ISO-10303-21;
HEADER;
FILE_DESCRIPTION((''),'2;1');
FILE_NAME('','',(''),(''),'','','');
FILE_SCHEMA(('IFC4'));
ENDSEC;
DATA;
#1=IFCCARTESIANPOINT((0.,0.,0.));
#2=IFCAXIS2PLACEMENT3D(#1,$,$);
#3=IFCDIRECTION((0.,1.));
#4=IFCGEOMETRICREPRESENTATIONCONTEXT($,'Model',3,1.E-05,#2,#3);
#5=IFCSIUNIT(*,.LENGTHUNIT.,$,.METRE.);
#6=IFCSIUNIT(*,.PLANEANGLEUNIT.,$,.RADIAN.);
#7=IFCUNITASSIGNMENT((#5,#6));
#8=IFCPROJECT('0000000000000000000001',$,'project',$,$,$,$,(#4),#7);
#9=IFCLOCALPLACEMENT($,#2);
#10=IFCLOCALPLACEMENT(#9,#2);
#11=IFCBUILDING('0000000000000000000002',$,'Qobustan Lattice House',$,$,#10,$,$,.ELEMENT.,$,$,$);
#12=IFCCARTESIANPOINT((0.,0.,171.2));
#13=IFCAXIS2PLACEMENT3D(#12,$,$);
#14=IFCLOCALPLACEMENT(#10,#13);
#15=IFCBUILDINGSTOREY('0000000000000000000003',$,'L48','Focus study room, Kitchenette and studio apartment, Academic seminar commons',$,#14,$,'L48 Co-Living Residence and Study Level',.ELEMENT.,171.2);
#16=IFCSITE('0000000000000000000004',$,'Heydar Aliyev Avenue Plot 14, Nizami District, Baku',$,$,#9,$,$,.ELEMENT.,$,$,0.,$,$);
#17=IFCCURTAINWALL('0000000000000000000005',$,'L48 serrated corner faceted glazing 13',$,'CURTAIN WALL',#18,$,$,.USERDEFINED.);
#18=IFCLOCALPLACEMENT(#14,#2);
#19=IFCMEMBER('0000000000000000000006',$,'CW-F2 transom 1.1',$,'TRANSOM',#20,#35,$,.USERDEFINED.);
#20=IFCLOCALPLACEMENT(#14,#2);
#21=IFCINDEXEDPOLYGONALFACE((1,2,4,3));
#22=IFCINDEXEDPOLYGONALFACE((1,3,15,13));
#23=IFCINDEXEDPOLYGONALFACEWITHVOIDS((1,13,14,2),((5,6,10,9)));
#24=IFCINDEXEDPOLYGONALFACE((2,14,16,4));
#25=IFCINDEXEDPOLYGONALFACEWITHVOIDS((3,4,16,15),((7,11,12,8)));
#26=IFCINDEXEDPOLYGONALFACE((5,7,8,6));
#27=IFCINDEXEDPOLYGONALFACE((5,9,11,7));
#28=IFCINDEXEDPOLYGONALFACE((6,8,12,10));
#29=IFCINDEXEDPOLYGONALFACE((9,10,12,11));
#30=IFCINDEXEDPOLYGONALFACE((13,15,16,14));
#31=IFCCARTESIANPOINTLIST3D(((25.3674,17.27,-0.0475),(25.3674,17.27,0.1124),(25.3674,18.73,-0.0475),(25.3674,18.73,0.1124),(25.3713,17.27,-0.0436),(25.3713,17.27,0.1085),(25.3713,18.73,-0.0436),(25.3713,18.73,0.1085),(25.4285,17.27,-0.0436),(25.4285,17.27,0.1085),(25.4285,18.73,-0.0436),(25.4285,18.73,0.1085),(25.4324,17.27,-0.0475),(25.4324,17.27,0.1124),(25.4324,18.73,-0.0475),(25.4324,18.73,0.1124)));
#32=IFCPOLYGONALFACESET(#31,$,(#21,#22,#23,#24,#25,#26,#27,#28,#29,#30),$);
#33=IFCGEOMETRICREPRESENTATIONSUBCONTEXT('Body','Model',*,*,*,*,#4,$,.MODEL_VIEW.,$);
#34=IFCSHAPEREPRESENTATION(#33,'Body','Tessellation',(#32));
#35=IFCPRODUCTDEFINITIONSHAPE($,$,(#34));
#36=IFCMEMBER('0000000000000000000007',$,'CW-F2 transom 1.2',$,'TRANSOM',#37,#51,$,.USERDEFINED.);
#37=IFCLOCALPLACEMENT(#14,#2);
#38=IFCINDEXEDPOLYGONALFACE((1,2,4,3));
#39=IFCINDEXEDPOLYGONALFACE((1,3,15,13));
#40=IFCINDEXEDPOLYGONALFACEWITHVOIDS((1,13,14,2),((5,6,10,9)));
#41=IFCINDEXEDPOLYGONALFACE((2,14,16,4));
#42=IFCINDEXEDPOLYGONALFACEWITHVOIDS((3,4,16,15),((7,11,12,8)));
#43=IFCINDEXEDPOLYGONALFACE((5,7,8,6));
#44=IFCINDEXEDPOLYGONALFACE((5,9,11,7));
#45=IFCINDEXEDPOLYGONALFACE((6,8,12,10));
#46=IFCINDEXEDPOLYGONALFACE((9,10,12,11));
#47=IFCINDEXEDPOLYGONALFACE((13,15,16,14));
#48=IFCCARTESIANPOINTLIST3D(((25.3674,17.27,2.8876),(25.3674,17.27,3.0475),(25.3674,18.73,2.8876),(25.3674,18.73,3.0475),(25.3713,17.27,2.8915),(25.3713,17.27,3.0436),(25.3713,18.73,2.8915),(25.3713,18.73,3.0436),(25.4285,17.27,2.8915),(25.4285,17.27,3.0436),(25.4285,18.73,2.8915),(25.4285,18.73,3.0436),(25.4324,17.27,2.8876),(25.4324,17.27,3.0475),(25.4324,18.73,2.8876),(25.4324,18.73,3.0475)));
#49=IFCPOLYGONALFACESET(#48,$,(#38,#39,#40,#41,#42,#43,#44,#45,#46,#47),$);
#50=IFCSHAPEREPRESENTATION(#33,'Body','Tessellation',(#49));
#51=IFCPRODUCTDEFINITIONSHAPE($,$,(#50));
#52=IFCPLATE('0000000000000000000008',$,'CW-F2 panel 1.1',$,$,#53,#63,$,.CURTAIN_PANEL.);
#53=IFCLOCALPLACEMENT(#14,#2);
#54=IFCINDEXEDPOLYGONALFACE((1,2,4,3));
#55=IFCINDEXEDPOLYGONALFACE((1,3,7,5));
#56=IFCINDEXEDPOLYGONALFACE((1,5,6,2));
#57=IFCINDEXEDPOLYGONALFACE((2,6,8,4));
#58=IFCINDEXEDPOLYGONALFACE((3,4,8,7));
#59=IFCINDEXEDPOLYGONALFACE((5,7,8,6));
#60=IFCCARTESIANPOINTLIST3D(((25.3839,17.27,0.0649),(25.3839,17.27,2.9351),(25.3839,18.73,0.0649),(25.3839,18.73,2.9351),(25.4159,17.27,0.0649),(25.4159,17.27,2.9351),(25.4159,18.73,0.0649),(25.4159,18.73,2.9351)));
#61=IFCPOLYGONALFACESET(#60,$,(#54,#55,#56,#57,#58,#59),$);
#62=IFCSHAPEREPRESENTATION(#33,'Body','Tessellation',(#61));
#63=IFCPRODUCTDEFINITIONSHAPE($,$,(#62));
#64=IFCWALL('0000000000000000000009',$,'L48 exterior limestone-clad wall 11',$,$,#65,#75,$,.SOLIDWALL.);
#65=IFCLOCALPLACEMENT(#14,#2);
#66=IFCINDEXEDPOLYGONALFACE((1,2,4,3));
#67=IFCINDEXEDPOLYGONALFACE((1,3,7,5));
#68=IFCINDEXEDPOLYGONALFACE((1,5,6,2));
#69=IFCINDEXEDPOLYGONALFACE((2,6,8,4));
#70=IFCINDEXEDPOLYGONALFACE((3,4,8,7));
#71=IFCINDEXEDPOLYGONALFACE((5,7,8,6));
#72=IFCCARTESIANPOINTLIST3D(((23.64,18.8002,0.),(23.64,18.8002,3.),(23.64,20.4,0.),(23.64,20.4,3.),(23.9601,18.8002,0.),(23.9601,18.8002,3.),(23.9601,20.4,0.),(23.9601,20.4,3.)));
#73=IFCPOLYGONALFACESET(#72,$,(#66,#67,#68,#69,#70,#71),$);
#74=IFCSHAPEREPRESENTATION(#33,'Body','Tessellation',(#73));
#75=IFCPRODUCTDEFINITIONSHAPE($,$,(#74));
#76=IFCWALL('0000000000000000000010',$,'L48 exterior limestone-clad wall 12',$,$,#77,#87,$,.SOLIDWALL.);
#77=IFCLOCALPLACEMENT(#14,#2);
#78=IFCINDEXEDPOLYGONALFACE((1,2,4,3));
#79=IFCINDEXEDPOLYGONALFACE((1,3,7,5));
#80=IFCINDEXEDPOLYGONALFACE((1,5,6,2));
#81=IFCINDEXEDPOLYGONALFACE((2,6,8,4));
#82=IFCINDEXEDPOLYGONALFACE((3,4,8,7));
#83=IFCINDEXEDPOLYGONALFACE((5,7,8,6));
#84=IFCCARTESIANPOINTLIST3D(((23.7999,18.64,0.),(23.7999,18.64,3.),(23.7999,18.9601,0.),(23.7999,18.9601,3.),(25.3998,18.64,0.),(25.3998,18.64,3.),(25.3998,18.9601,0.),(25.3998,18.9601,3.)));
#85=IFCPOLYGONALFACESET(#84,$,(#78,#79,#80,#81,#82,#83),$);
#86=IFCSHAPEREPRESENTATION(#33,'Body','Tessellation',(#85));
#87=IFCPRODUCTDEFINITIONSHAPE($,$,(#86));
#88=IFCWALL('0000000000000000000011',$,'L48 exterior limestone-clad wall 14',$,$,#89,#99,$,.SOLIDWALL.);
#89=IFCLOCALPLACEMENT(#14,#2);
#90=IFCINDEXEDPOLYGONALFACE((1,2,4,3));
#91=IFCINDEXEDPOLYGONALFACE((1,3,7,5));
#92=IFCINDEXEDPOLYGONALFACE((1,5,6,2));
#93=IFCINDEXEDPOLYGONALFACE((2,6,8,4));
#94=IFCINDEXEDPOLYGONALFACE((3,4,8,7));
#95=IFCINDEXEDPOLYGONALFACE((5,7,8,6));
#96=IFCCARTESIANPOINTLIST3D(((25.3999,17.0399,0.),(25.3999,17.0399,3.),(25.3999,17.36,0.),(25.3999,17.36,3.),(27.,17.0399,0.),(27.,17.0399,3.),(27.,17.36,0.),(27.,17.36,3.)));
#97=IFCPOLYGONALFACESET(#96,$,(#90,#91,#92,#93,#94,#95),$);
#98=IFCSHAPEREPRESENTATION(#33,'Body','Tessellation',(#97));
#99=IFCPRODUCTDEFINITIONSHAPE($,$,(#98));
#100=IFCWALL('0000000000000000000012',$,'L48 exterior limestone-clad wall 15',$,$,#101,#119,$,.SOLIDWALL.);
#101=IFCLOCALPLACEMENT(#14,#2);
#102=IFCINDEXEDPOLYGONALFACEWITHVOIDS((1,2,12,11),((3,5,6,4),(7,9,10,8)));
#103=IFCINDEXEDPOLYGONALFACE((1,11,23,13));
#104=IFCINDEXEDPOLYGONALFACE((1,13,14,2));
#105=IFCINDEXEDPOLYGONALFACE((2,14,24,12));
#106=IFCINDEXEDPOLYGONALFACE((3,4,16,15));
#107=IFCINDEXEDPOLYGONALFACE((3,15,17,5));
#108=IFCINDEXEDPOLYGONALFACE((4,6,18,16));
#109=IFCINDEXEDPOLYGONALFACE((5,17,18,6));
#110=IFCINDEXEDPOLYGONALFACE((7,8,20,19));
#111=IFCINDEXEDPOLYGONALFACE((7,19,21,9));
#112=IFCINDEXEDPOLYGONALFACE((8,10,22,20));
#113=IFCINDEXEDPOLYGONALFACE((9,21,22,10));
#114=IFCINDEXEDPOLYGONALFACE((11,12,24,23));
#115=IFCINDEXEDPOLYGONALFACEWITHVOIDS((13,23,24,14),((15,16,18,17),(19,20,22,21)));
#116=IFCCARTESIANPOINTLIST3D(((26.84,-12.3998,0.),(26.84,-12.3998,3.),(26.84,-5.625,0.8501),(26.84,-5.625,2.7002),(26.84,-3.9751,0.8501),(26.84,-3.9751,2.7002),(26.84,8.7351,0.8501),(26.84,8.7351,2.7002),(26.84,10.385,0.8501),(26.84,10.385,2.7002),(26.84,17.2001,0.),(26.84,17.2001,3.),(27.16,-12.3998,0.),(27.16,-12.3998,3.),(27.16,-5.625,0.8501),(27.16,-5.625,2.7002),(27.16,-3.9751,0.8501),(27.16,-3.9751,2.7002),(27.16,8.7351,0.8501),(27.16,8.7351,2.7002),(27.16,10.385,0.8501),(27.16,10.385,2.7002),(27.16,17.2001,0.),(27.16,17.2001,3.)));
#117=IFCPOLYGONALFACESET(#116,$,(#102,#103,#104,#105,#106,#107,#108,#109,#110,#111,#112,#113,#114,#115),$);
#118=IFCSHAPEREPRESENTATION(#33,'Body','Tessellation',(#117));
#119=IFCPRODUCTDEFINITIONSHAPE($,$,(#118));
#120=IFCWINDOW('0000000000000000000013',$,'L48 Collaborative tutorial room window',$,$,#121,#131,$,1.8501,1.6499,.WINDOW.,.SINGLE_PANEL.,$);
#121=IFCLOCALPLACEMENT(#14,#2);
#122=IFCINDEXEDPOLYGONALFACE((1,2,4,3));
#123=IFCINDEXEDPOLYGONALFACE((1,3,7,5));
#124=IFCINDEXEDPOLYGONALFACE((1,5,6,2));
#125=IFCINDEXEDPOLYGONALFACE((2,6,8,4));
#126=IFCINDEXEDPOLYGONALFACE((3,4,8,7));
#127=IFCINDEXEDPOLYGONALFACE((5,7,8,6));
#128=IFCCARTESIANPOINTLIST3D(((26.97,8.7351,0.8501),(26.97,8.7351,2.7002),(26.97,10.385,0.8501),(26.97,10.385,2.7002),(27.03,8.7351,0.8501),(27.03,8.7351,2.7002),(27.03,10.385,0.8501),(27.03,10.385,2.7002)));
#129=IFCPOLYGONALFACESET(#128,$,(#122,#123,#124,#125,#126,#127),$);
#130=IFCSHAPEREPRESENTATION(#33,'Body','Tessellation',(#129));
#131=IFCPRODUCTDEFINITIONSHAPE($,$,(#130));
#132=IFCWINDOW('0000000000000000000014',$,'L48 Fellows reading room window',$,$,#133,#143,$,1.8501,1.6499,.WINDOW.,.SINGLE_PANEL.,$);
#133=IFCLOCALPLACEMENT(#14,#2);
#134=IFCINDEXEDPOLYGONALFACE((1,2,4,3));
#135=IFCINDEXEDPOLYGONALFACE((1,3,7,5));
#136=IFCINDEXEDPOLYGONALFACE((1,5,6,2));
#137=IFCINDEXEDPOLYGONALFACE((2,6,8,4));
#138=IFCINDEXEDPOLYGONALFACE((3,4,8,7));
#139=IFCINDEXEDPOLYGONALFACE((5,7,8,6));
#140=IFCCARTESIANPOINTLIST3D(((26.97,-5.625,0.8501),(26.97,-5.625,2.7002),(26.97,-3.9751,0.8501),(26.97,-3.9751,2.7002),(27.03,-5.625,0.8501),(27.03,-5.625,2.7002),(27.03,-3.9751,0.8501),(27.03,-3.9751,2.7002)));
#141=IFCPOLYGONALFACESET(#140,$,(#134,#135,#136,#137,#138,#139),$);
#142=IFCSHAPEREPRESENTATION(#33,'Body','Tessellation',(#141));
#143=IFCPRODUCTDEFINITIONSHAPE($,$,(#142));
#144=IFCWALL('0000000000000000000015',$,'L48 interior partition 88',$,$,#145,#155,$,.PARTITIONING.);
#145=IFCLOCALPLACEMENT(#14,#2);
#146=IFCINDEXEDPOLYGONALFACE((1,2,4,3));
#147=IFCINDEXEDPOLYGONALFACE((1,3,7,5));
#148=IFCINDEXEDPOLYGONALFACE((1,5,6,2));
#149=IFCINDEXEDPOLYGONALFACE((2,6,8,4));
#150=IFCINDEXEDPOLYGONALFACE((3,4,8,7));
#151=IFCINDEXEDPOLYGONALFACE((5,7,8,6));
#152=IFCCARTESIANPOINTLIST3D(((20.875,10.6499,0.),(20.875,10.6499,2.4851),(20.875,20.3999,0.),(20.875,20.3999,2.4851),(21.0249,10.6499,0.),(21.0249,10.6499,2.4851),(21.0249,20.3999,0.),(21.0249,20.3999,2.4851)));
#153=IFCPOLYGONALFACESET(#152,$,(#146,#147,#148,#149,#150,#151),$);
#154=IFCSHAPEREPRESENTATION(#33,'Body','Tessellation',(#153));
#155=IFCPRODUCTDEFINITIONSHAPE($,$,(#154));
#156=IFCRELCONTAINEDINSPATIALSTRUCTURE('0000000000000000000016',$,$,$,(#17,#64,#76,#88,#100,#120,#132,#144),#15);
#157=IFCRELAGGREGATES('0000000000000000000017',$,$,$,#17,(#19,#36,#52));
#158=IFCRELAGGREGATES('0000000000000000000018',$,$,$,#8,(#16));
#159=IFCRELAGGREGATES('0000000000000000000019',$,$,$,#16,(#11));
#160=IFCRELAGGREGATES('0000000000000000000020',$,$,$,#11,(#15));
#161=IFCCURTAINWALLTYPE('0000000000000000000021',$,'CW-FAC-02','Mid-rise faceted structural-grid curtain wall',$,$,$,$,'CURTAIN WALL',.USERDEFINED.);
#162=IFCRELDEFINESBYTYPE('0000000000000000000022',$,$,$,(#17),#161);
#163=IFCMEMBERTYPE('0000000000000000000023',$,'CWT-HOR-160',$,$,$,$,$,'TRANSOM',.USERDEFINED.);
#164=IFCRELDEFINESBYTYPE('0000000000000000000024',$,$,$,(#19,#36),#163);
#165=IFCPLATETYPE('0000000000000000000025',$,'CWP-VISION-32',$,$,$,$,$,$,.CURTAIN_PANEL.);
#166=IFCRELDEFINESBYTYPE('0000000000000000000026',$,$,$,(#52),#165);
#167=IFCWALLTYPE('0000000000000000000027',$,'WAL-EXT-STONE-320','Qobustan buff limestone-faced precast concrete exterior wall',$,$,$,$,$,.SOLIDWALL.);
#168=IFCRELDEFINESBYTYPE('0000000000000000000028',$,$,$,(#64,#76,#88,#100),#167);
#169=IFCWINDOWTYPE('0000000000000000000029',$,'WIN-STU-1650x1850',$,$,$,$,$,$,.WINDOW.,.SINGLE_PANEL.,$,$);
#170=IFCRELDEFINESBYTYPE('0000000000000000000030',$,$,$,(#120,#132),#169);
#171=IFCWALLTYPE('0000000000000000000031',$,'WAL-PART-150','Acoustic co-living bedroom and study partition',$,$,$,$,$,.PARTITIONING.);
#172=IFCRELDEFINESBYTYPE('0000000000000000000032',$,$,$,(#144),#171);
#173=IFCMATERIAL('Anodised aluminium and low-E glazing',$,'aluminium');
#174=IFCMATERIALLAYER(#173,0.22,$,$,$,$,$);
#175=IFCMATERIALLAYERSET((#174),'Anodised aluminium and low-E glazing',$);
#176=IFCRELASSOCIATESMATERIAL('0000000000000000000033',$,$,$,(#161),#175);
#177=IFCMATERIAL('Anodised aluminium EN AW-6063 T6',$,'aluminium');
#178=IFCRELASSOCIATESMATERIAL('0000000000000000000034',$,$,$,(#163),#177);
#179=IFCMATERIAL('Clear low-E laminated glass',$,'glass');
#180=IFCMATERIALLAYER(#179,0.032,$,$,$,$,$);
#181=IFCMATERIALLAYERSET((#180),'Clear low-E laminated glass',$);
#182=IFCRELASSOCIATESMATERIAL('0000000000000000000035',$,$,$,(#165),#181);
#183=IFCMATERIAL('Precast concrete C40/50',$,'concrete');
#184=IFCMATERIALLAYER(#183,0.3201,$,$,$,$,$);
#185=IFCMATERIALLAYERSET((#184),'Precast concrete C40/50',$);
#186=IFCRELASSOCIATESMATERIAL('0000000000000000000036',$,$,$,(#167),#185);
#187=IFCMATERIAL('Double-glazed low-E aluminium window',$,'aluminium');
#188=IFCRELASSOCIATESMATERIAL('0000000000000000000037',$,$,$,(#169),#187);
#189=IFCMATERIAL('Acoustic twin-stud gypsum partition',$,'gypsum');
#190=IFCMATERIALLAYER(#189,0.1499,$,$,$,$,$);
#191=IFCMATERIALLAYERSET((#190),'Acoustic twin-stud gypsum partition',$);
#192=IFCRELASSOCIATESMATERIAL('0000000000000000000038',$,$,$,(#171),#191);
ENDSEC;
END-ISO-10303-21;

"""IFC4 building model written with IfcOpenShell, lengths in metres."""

from ifc_helpers import new_model, si_unit, direction, frame, frame_2d, origin, origin_2d, place, context, subcontext, project, spatial, rectangle, hollow_rectangle, extrude, material, layer, layer_set, material_profile, profile_set, type_object, element, fill, aggregate, save


model = new_model("IFC4")

# Units and contexts
model_context = context("Model", 3, precision=1e-05, world=origin(), true_north=direction((0.0, 1.0)))
body_context = subcontext(model_context, "Body", "Model", "MODEL_VIEW")
ifc_project = project(units=[si_unit("LENGTHUNIT", "METRE"), si_unit("PLANEANGLEUNIT", "RADIAN")], contexts=[model_context])

# Site, building, storey
site_placement = place(None, origin())
site = spatial("IfcSite", under=ifc_project, at=site_placement, Name="Heydar Aliyev Avenue Plot 14, Nizami District, Baku", CompositionType="ELEMENT", RefElevation=0.0)
building_placement = place(site_placement, origin())
building = spatial("IfcBuilding", under=site, at=building_placement, Name="Qobustan Lattice House", CompositionType="ELEMENT")
storey_placement = place(building_placement, frame((0.0, 0.0, 171.2)))
storey = spatial("IfcBuildingStorey", under=building, at=storey_placement, Name="L48", Description="Focus study room, Kitchenette and studio apartment, Academic seminar commons", LongName="L48 Co-Living Residence and Study Level", CompositionType="ELEMENT", Elevation=171.2)

# Curtain wall, members, plate
ifc_material_1 = material(Name="Anodised aluminium and low-E glazing", Category="aluminium")
ifc_layer_1 = layer(ifc_material_1, 0.22)
ifc_layer_set_1 = layer_set([ifc_layer_1], Name="Anodised aluminium and low-E glazing")
curtain_wall_type = type_object("IfcCurtainWallType", Name="CW-FAC-02", Description="Mid-rise faceted structural-grid curtain wall", ElementType="CURTAIN WALL", PredefinedType="USERDEFINED", material=ifc_layer_set_1)
curtain_wall_placement = place(storey_placement, origin())
curtain_wall = element("IfcCurtainWall", 1, at=curtain_wall_placement, inside=storey, type_object=curtain_wall_type, Name="L48 serrated corner faceted glazing 13", ObjectType="CURTAIN WALL", PredefinedType="USERDEFINED")
ifc_material_2 = material(Name="Anodised aluminium EN AW-6063 T6", Category="aluminium")
ifc_material_profile_1 = material_profile(ifc_material_2, hollow_rectangle(XDim=0.0649, YDim=0.1599, WallThickness=0.0039, at=origin_2d()), Name="CWT-160x65")
ifc_profile_set_1 = profile_set([ifc_material_profile_1], Name="Anodised aluminium EN AW-6063 T6")
member_type_1 = type_object("IfcMemberType", Name="CWT-HOR-160", ElementType="TRANSOM", PredefinedType="USERDEFINED", material=ifc_profile_set_1)
member_1_placement = place(storey_placement, frame((25.3999, 18.73, 0.0325), z_axis=(0.0, -1.0, 0.0), x_axis=(1.0, 0.0, 0.0)))
member_1 = element("IfcMember", 2, at=member_1_placement, type_object=member_type_1, Name="CW-F2 transom 1.1", ObjectType="TRANSOM", PredefinedType="USERDEFINED", context=body_context, shape_type="SweptSolid", body=[
    extrude(hollow_rectangle(XDim=0.0649, YDim=0.1599, WallThickness=0.0039, at=origin_2d()), origin(), (0.0, 0.0, 1.0), 1.46),
])
member_2_placement = place(storey_placement, frame((25.3999, 18.73, 2.9675), z_axis=(0.0, -1.0, 0.0), x_axis=(1.0, 0.0, 0.0)))
member_2 = element("IfcMember", 3, at=member_2_placement, type_object=member_type_1, Name="CW-F2 transom 1.2", ObjectType="TRANSOM", PredefinedType="USERDEFINED", context=body_context, shape_type="SweptSolid", body=[
    extrude(hollow_rectangle(XDim=0.0649, YDim=0.1599, WallThickness=0.0039, at=origin_2d()), origin(), (0.0, 0.0, 1.0), 1.46),
])
ifc_material_3 = material(Name="Clear low-E laminated glass", Category="glass")
ifc_layer_2 = layer(ifc_material_3, 0.032)
ifc_layer_set_2 = layer_set([ifc_layer_2], Name="Clear low-E laminated glass")
plate_type = type_object("IfcPlateType", Name="CWP-VISION-32", PredefinedType="CURTAIN_PANEL", material=ifc_layer_set_2)
plate_placement = place(storey_placement, frame((25.3999, 18.0, 0.0649), z_axis=(0.0, 0.0, 1.0), x_axis=(0.0, -1.0, 0.0)))
plate = element("IfcPlate", 4, at=plate_placement, type_object=plate_type, Name="CW-F2 panel 1.1", PredefinedType="CURTAIN_PANEL", context=body_context, shape_type="SweptSolid", body=[
    extrude(rectangle(XDim=1.46, YDim=0.032, at=origin_2d()), origin(), (0.0, 0.0, 1.0), 2.8701),
])
aggregate(curtain_wall, [member_1, member_2, plate])

# Walls
ifc_material_4 = material(Name="Precast concrete C40/50", Category="concrete")
ifc_layer_3 = layer(ifc_material_4, 0.3201)
ifc_layer_set_3 = layer_set([ifc_layer_3], Name="Precast concrete C40/50")
wall_type_1 = type_object("IfcWallType", Name="WAL-EXT-STONE-320", Description="Qobustan buff limestone-faced precast concrete exterior wall", PredefinedType="SOLIDWALL", material=ifc_layer_set_3)
for number, where, z_axis, x_axis, name in (
    (5, (23.8, 20.3999, 0.0), (0.0, 0.0, 1.0), (0.0, -1.0, 0.0), "L48 exterior limestone-clad wall 11"),
    (6, (23.8, 18.8, 0.0), (0.0, 0.0, 1.0), (1.0, 0.0, 0.0), "L48 exterior limestone-clad wall 12"),
):
    element("IfcWall", number, at=place(storey_placement, frame(where, z_axis=z_axis, x_axis=x_axis)), inside=storey, type_object=wall_type_1, Name=name, PredefinedType="SOLIDWALL", context=body_context, shape_type="SweptSolid", body=[
        extrude(rectangle(XDim=1.5999, YDim=0.3201, at=frame_2d((0.7998, 0.0))), origin(), (0.0, 0.0, 1.0), 3.0),
    ])
wall_1_placement = place(storey_placement, frame((25.3999, 17.2, 0.0), z_axis=(0.0, 0.0, 1.0), x_axis=(1.0, 0.0, 0.0)))
element("IfcWall", 7, at=wall_1_placement, inside=storey, type_object=wall_type_1, Name="L48 exterior limestone-clad wall 14", PredefinedType="SOLIDWALL", context=body_context, shape_type="SweptSolid", body=[
    extrude(rectangle(XDim=1.6001, YDim=0.3201, at=frame_2d((0.8, 0.0))), origin(), (0.0, 0.0, 1.0), 3.0),
])

# Wall, openings, windows
wall_2_placement = place(storey_placement, frame((27.0, 17.2, 0.0), z_axis=(0.0, 0.0, 1.0), x_axis=(0.0, -1.0, 0.0)))
wall_2 = element("IfcWall", 8, at=wall_2_placement, inside=storey, type_object=wall_type_1, Name="L48 exterior limestone-clad wall 15", PredefinedType="SOLIDWALL", context=body_context, shape_type="SweptSolid", body=[
    extrude(rectangle(XDim=29.5999, YDim=0.3201, at=frame_2d((14.7998, 0.0))), origin(), (0.0, 0.0, 1.0), 3.0),
])
opening_1_placement = place(wall_2_placement, frame((6.8149, 0.0, 0.8501)))
opening_1 = element("IfcOpeningElement", 9, at=opening_1_placement, cuts=wall_2, PredefinedType="OPENING", context=body_context, shape_type="SweptSolid", body=[
    extrude(rectangle(XDim=1.6499, YDim=1.8501, at=frame_2d((0.825, 0.925))), frame((0.0, 0.1699, 0.0), z_axis=(0.0, -1.0, 0.0), x_axis=(1.0, 0.0, 0.0)), (0.0, 0.0, 1.0), 0.3401),
])
opening_2_placement = place(wall_2_placement, frame((21.175, 0.0, 0.8501)))
opening_2 = element("IfcOpeningElement", 10, at=opening_2_placement, cuts=wall_2, PredefinedType="OPENING", context=body_context, shape_type="SweptSolid", body=[
    extrude(rectangle(XDim=1.6499, YDim=1.8501, at=frame_2d((0.825, 0.925))), frame((0.0, 0.1699, 0.0), z_axis=(0.0, -1.0, 0.0), x_axis=(1.0, 0.0, 0.0)), (0.0, 0.0, 1.0), 0.3401),
])
ifc_material_5 = material(Name="Double-glazed low-E aluminium window", Category="aluminium")
window_type = type_object("IfcWindowType", Name="WIN-STU-1650x1850", PartitioningType="SINGLE_PANEL", PredefinedType="WINDOW", material=ifc_material_5)
window_1_placement = place(opening_1_placement, origin())
window_1 = element("IfcWindow", 11, at=window_1_placement, inside=storey, type_object=window_type, Name="L48 Collaborative tutorial room window", OverallHeight=1.8501, OverallWidth=1.6499, PartitioningType="SINGLE_PANEL", PredefinedType="WINDOW", context=body_context, shape_type="SweptSolid", body=[
    extrude(rectangle(XDim=1.6499, YDim=1.8501, at=frame_2d((0.825, 0.925))), frame((0.0, 0.03, 0.0), z_axis=(0.0, -1.0, 0.0), x_axis=(1.0, 0.0, 0.0)), (0.0, 0.0, 1.0), 0.0601),
])
fill(opening_1, window_1)
window_2_placement = place(opening_2_placement, origin())
window_2 = element("IfcWindow", 12, at=window_2_placement, inside=storey, type_object=window_type, Name="L48 Fellows reading room window", OverallHeight=1.8501, OverallWidth=1.6499, PartitioningType="SINGLE_PANEL", PredefinedType="WINDOW", context=body_context, shape_type="SweptSolid", body=[
    extrude(rectangle(XDim=1.6499, YDim=1.8501, at=frame_2d((0.825, 0.925))), frame((0.0, 0.03, 0.0), z_axis=(0.0, -1.0, 0.0), x_axis=(1.0, 0.0, 0.0)), (0.0, 0.0, 1.0), 0.0601),
])
fill(opening_2, window_2)

# Wall
ifc_material_6 = material(Name="Acoustic twin-stud gypsum partition", Category="gypsum")
ifc_layer_4 = layer(ifc_material_6, 0.1499)
ifc_layer_set_4 = layer_set([ifc_layer_4], Name="Acoustic twin-stud gypsum partition")
wall_type_2 = type_object("IfcWallType", Name="WAL-PART-150", Description="Acoustic co-living bedroom and study partition", PredefinedType="PARTITIONING", material=ifc_layer_set_4)
wall_3_placement = place(storey_placement, frame((20.95, 10.6499, 0.0), z_axis=(0.0, 0.0, 1.0), x_axis=(0.0, 1.0, 0.0)))
element("IfcWall", 13, at=wall_3_placement, inside=storey, type_object=wall_type_2, Name="L48 interior partition 88", PredefinedType="PARTITIONING", context=body_context, shape_type="SweptSolid", body=[
    extrude(rectangle(XDim=9.75, YDim=0.1499, at=frame_2d((4.875, 0.0))), origin(), (0.0, 0.0, 1.0), 2.4851),
])

save(model, "model.ifc")
